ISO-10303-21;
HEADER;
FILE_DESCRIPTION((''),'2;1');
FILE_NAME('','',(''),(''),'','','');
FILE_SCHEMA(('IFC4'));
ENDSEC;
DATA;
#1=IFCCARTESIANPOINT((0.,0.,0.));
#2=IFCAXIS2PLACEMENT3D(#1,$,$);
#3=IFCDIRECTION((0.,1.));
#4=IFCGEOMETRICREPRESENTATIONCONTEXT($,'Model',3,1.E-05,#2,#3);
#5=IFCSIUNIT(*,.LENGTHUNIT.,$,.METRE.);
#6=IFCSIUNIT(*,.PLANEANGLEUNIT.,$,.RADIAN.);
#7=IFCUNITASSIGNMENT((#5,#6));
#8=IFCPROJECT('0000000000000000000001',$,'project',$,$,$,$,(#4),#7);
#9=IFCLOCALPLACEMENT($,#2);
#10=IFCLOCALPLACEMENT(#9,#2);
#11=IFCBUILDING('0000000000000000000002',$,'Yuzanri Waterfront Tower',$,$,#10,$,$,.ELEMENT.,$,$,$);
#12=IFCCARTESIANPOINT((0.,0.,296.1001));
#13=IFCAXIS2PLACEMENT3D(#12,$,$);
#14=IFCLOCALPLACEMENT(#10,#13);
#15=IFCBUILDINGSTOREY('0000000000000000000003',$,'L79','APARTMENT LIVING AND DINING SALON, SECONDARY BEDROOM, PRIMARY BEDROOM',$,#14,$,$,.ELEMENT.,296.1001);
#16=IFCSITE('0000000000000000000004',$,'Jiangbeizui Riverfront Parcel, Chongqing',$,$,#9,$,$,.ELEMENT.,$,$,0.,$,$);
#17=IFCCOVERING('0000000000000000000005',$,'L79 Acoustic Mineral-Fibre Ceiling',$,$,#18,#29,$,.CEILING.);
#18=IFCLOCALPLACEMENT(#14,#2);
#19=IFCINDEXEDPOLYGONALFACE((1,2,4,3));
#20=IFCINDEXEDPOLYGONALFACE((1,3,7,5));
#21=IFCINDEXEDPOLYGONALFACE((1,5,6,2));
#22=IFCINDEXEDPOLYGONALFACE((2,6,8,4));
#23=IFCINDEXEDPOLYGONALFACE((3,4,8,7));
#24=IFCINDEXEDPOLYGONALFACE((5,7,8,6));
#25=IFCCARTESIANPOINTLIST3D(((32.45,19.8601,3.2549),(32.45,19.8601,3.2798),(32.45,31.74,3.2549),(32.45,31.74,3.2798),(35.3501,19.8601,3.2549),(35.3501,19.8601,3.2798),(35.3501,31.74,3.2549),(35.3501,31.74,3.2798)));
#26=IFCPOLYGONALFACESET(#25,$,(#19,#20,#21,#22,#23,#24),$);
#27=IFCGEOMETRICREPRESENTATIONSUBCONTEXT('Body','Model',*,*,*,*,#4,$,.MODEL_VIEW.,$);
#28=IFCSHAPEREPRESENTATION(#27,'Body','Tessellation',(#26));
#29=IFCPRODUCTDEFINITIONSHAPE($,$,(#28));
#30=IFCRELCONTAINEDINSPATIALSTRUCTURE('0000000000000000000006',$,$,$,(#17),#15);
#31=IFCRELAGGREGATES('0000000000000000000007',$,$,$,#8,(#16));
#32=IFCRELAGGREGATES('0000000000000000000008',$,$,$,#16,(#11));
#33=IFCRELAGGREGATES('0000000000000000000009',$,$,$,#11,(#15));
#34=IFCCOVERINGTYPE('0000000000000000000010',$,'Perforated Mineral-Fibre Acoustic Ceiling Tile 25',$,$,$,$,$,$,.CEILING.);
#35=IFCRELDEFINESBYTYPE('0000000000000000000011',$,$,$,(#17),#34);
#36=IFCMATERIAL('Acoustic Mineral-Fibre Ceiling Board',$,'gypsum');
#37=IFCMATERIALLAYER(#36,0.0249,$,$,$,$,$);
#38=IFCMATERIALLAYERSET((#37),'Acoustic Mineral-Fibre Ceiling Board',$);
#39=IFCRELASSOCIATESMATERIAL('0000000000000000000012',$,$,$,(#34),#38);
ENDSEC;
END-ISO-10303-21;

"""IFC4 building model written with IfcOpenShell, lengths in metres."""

from ifc_helpers import new_model, si_unit, direction, frame, origin, place, context, subcontext, project, spatial, polyline, outline, extrude, material, layer, layer_set, type_object, element, save


model = new_model("IFC4")

# Units and contexts
model_context = context("Model", 3, precision=1e-05, world=origin(), true_north=direction((0.0, 1.0)))
body_context = subcontext(model_context, "Body", "Model", "MODEL_VIEW")
ifc_project = project(units=[si_unit("LENGTHUNIT", "METRE"), si_unit("PLANEANGLEUNIT", "RADIAN")], contexts=[model_context])

# Site, building, storey
site_placement = place(None, origin())
site = spatial("IfcSite", under=ifc_project, at=site_placement, Name="Jiangbeizui Riverfront Parcel, Chongqing", CompositionType="ELEMENT", RefElevation=0.0)
building_placement = place(site_placement, origin())
building = spatial("IfcBuilding", under=site, at=building_placement, Name="Yuzanri Waterfront Tower", CompositionType="ELEMENT")
storey_placement = place(building_placement, frame((0.0, 0.0, 296.1001)))
storey = spatial("IfcBuildingStorey", under=building, at=storey_placement, Name="L79", Description="APARTMENT LIVING AND DINING SALON, SECONDARY BEDROOM, PRIMARY BEDROOM", CompositionType="ELEMENT", Elevation=296.1001)

# Covering
ifc_material_1 = material(Name="Acoustic Mineral-Fibre Ceiling Board", Category="gypsum")
ifc_layer_1 = layer(ifc_material_1, 0.0249)
ifc_layer_set_1 = layer_set([ifc_layer_1], Name="Acoustic Mineral-Fibre Ceiling Board")
covering_type_1 = type_object("IfcCoveringType", Name="Perforated Mineral-Fibre Acoustic Ceiling Tile 25", PredefinedType="CEILING", material=ifc_layer_set_1)
covering_1_placement = place(storey_placement, frame((0.0, 0.0, 3.2549)))
element("IfcCovering", 1, at=covering_1_placement, inside=storey, type_object=covering_type_1, Name="L79 Acoustic Mineral-Fibre Ceiling", PredefinedType="CEILING", context=body_context, shape_type="SweptSolid", body=[
    extrude(outline(polyline([(32.45, 19.8601), (35.3501, 19.8601), (35.3501, 31.74), (32.45, 31.74), (32.45, 19.8601)])), origin(), (0.0, 0.0, 1.0), 0.0249),
])

save(model, "model.ifc")
